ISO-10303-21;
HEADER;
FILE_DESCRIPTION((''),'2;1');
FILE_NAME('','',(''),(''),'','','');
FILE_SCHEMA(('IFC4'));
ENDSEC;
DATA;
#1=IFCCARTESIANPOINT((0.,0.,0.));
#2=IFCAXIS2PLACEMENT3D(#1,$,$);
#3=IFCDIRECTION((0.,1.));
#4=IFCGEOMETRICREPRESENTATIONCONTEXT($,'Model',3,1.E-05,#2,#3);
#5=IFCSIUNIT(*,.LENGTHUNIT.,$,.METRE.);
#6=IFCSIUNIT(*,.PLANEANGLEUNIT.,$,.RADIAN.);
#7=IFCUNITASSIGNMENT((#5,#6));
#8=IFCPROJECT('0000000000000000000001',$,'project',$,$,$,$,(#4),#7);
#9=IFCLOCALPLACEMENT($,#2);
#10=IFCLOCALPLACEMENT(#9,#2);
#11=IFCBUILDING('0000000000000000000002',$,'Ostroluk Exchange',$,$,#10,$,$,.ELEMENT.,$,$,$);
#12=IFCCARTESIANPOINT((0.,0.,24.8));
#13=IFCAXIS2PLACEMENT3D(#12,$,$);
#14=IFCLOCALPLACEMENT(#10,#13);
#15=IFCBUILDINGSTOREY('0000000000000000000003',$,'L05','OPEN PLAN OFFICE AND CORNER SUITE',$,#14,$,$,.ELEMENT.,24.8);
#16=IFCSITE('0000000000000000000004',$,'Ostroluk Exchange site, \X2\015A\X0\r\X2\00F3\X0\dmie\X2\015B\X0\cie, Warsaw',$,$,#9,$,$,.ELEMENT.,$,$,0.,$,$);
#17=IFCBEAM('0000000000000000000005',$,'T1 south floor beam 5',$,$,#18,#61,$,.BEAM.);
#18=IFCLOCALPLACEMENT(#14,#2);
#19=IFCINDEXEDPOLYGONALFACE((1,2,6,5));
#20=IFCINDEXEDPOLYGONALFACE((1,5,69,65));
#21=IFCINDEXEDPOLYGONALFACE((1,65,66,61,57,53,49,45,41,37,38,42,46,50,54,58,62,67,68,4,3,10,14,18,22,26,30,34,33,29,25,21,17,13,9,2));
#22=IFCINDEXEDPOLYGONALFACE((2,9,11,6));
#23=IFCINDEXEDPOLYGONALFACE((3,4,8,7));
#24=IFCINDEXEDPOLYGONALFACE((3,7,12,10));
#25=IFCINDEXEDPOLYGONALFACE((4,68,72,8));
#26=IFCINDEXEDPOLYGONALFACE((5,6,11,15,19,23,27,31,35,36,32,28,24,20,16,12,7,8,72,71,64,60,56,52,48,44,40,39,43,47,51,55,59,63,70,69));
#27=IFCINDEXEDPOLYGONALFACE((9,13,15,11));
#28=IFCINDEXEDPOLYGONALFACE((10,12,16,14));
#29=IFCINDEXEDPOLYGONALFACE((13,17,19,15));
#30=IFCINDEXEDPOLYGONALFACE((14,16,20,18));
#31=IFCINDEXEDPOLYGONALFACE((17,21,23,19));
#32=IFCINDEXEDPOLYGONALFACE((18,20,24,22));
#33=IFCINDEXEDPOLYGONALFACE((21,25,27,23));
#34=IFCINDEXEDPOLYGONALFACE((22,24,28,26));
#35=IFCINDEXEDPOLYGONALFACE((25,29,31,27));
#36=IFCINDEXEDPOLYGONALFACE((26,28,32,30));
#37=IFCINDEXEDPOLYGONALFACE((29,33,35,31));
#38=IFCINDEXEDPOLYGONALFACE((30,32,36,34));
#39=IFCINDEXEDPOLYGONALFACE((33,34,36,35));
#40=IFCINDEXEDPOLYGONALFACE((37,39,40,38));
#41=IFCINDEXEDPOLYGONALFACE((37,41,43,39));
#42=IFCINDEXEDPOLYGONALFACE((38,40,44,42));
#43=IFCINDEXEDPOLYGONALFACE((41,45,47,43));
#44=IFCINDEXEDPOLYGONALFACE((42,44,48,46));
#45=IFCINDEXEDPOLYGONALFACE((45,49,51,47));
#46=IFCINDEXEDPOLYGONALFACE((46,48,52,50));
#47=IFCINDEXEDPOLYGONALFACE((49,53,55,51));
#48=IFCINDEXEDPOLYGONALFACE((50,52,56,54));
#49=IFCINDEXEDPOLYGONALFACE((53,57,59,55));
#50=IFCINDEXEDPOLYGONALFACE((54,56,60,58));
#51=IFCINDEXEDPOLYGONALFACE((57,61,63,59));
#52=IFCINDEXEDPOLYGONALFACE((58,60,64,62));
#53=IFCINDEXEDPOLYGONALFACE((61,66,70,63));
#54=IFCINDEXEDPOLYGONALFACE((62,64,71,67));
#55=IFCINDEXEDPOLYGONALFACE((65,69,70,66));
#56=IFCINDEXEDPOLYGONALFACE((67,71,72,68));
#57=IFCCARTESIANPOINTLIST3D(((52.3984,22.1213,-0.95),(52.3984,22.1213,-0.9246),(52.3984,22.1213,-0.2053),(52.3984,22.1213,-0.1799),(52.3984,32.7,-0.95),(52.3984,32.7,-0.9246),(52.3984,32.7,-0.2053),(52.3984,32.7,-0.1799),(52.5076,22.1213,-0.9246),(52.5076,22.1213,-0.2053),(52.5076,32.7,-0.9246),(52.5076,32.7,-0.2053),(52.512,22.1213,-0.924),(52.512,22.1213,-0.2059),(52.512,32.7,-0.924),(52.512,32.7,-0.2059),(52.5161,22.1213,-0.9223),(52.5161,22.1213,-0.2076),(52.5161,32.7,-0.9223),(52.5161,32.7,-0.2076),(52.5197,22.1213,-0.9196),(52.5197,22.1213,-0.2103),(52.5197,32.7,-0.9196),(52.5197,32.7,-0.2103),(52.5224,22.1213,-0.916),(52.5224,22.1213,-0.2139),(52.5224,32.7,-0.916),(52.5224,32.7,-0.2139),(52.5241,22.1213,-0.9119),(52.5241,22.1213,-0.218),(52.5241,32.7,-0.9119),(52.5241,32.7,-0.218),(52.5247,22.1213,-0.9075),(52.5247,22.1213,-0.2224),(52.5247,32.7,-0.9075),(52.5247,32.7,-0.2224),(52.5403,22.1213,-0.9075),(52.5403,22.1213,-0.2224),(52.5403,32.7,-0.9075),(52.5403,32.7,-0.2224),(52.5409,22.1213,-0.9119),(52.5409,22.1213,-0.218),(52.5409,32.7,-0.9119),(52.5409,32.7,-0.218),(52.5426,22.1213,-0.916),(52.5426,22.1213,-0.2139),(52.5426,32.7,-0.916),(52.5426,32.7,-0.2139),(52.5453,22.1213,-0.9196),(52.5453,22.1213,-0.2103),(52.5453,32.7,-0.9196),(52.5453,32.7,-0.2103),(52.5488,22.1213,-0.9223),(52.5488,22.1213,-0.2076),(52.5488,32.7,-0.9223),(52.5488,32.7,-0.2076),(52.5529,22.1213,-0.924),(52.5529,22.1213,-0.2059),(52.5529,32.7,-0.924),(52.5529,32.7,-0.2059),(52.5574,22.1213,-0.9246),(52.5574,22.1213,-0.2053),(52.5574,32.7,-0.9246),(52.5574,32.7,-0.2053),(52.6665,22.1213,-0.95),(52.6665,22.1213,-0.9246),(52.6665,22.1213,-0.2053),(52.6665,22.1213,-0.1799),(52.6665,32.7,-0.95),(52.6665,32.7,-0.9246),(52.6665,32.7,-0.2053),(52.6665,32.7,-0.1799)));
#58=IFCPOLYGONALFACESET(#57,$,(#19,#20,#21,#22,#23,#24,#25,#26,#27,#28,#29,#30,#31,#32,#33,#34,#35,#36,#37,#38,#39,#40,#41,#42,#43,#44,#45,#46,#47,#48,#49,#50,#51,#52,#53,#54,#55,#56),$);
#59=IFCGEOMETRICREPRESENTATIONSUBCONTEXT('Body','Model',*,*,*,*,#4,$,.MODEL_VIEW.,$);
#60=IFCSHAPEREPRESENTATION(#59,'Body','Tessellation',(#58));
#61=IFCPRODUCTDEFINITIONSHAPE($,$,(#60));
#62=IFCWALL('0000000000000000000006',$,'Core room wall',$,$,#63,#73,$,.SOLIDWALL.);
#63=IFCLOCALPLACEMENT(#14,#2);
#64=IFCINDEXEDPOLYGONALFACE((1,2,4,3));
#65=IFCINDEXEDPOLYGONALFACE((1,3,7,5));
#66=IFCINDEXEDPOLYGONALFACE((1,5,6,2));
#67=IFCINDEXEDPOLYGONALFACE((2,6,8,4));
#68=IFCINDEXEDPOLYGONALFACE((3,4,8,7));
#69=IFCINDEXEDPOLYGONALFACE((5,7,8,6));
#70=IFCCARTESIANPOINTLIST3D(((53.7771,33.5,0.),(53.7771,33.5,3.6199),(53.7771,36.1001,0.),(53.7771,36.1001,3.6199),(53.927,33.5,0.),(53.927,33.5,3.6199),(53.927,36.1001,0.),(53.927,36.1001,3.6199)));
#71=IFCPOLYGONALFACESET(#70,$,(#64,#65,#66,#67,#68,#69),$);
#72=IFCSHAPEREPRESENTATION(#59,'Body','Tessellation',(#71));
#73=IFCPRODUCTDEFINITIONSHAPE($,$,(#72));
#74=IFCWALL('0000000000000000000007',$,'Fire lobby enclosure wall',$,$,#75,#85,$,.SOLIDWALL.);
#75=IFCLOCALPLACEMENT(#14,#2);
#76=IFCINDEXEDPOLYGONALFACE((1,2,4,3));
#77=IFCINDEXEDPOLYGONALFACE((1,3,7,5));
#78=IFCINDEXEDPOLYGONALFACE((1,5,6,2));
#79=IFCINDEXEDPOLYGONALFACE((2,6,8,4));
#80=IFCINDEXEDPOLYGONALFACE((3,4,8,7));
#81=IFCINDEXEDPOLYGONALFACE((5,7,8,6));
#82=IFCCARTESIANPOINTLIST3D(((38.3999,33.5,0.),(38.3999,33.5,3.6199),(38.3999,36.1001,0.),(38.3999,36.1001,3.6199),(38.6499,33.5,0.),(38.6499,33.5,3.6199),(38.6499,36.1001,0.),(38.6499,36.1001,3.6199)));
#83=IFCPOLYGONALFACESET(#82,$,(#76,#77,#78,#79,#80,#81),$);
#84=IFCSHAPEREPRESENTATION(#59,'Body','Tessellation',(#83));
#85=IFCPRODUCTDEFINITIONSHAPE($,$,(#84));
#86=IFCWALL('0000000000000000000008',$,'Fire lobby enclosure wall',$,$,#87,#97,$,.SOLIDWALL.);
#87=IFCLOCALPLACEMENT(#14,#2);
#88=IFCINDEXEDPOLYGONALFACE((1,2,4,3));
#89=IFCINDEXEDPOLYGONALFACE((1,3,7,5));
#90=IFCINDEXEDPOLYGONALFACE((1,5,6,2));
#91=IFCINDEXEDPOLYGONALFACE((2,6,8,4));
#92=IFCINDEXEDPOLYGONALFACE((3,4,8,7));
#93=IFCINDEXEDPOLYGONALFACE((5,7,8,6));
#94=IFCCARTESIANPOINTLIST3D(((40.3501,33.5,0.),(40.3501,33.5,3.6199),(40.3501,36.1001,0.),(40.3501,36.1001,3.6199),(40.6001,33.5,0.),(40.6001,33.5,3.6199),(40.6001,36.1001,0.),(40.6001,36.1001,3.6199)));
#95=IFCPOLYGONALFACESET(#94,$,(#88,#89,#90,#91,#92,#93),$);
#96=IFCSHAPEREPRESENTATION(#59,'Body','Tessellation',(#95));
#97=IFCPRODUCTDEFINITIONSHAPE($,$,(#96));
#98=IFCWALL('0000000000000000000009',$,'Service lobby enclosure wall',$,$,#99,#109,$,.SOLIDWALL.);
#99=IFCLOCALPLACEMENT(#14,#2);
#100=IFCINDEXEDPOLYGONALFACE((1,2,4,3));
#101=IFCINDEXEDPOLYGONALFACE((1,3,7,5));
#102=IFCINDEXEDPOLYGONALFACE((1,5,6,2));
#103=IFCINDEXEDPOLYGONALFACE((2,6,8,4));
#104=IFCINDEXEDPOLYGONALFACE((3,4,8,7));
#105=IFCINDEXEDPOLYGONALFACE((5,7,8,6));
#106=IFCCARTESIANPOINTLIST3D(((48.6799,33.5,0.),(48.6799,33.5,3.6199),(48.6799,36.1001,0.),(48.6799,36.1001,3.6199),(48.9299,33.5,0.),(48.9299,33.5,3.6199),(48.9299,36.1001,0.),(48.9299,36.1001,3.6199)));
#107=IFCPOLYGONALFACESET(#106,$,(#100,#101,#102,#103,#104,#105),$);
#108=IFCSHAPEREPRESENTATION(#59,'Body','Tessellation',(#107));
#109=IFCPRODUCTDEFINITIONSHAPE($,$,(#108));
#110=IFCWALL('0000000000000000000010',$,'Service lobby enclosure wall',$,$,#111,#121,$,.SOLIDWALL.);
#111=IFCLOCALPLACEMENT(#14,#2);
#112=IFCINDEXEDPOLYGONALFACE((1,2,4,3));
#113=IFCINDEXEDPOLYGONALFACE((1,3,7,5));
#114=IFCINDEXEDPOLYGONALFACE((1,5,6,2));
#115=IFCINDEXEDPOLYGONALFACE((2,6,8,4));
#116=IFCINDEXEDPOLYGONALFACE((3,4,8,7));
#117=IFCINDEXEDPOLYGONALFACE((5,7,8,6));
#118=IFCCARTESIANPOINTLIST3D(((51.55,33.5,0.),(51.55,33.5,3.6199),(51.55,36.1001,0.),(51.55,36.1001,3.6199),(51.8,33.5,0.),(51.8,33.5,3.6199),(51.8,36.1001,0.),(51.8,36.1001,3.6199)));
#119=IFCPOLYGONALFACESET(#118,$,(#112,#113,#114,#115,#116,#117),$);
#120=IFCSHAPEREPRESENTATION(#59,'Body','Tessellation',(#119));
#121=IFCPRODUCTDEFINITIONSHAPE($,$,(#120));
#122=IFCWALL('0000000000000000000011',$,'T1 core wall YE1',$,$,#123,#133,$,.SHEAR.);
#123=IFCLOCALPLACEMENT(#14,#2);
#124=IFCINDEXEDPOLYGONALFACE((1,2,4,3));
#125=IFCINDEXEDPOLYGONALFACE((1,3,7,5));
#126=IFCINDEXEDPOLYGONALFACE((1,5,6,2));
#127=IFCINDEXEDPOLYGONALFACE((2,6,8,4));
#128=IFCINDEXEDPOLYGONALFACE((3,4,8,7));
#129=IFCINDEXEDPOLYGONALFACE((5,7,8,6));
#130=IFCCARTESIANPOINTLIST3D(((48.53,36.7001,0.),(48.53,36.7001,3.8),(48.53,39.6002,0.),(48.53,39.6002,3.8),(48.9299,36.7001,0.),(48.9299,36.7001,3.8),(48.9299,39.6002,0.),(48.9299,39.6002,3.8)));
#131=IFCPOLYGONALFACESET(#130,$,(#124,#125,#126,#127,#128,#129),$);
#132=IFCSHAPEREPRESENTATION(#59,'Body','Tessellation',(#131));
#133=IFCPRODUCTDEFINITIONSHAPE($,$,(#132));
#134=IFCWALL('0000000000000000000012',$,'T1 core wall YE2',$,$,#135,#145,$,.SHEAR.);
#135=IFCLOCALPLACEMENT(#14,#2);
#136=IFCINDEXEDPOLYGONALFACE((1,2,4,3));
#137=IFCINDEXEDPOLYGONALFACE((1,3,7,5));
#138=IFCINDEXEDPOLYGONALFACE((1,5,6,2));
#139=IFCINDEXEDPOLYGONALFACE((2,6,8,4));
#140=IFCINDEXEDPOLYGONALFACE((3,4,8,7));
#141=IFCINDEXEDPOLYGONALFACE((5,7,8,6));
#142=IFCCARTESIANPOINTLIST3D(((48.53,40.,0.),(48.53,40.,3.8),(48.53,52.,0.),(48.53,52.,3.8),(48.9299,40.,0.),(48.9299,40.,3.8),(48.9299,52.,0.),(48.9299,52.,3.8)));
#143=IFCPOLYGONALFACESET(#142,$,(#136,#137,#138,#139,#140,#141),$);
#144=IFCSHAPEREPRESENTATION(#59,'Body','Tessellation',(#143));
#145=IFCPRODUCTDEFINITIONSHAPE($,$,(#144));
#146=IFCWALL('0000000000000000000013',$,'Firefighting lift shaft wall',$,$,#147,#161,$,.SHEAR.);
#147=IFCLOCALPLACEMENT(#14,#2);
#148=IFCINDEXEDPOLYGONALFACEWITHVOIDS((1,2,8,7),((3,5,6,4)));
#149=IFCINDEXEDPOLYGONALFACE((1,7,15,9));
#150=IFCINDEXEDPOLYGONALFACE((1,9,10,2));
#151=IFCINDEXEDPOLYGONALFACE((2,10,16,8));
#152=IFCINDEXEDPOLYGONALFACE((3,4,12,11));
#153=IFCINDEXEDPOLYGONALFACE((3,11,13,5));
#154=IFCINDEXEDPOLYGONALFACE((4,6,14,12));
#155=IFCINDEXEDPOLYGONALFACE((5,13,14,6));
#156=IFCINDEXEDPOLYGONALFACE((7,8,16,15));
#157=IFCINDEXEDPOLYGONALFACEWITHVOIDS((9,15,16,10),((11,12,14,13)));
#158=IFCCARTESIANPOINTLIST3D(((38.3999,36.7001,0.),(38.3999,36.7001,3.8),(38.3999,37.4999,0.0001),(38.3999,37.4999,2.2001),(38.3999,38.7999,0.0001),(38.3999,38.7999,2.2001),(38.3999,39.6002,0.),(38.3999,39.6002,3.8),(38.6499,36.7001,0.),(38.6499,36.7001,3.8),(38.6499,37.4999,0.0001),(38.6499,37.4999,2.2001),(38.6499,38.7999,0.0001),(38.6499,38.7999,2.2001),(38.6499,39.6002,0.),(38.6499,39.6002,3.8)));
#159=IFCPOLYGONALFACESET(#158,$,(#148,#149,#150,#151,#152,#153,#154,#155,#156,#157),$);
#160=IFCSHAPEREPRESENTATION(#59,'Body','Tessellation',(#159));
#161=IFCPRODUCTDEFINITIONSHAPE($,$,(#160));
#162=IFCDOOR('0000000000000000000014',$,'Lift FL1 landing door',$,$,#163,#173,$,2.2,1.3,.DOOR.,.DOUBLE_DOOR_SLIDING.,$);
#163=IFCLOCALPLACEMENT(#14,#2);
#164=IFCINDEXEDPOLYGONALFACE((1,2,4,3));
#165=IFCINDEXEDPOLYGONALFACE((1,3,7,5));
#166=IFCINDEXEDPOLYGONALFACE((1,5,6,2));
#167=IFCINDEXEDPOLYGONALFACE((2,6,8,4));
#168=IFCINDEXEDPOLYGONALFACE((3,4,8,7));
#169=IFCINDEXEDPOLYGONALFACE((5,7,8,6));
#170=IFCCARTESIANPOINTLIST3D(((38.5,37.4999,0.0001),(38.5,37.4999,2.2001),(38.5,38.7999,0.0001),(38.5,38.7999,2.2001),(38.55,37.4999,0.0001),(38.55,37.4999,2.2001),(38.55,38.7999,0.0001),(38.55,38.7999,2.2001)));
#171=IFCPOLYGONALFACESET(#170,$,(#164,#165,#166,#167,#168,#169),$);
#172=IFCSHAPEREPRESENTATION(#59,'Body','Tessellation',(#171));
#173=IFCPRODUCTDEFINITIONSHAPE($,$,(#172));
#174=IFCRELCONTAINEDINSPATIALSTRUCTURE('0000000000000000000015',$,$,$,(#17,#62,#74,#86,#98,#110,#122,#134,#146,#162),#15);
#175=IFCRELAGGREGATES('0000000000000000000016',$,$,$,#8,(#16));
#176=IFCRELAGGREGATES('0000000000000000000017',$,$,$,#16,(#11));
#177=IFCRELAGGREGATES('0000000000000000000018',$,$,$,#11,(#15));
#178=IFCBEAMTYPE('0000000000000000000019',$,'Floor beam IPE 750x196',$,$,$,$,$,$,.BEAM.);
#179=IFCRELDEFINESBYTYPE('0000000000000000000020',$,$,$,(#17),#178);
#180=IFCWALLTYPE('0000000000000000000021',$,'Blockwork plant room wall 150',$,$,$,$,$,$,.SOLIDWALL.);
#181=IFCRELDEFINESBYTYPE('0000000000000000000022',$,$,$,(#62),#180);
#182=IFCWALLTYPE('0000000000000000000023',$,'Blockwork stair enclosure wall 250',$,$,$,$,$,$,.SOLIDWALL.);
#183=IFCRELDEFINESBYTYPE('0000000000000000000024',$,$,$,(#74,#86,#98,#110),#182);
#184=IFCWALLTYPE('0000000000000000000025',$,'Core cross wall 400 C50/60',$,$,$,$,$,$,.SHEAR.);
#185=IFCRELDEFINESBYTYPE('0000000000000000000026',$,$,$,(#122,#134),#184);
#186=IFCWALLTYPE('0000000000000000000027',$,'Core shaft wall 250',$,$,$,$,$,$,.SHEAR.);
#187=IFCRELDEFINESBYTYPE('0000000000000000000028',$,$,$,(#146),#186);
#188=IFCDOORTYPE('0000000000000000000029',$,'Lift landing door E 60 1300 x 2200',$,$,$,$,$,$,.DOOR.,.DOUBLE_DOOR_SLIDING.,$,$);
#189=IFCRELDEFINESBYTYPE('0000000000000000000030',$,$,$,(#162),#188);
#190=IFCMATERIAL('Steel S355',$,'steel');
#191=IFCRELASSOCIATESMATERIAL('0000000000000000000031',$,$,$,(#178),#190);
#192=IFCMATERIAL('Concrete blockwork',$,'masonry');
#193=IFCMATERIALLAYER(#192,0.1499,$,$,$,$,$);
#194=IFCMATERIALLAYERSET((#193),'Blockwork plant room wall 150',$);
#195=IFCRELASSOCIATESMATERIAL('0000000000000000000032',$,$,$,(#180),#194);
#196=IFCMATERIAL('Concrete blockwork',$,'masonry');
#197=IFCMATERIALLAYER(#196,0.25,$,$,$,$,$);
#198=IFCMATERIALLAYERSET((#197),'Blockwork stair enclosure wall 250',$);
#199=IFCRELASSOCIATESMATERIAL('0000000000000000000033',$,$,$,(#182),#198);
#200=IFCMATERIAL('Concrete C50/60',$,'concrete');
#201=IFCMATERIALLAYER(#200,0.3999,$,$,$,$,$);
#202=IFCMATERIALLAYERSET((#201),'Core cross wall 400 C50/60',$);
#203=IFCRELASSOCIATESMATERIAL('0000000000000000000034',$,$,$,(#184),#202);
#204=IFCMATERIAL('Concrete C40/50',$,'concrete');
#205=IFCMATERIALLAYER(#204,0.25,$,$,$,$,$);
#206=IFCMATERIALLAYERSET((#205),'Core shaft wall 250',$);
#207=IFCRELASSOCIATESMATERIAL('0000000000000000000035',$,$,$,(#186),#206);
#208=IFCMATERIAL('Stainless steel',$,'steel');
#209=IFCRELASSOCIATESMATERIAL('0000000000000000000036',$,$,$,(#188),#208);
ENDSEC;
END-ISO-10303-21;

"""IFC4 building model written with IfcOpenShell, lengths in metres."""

from ifc_helpers import new_model, si_unit, direction, frame, frame_2d, origin, origin_2d, place, context, subcontext, project, spatial, rectangle, i_section, extrude, material, layer, layer_set, material_profile, profile_set, type_object, element, fill, save


model = new_model("IFC4")

# Units and contexts
model_context = context("Model", 3, precision=1e-05, world=origin(), true_north=direction((0.0, 1.0)))
body_context = subcontext(model_context, "Body", "Model", "MODEL_VIEW")
ifc_project = project(units=[si_unit("LENGTHUNIT", "METRE"), si_unit("PLANEANGLEUNIT", "RADIAN")], contexts=[model_context])

# Site, building, storey
site_placement = place(None, origin())
site = spatial("IfcSite", under=ifc_project, at=site_placement, Name="Ostroluk Exchange site, Śródmieście, Warsaw", CompositionType="ELEMENT", RefElevation=0.0)
building_placement = place(site_placement, origin())
building = spatial("IfcBuilding", under=site, at=building_placement, Name="Ostroluk Exchange", CompositionType="ELEMENT")
storey_placement = place(building_placement, frame((0.0, 0.0, 24.8)))
storey = spatial("IfcBuildingStorey", under=building, at=storey_placement, Name="L05", Description="OPEN PLAN OFFICE AND CORNER SUITE", CompositionType="ELEMENT", Elevation=24.8)

# Beam
ifc_material_1 = material(Name="Steel S355", Category="steel")
ifc_material_profile = material_profile(ifc_material_1, i_section(OverallWidth=0.2681, OverallDepth=0.77, WebThickness=0.0156, FlangeThickness=0.0254, FilletRadius=0.0171, at=origin_2d()), Name="IPE 750x196")
ifc_profile_set = profile_set([ifc_material_profile], Name="Steel S355")
beam_type = type_object("IfcBeamType", Name="Floor beam IPE 750x196", PredefinedType="BEAM", material=ifc_profile_set)
for number, where, z_axis, x_axis, name in (
    (1, (52.5325, 32.7, -0.5649), (0.0, -1.0, 0.0), (1.0, 0.0, 0.0), "T1 south floor beam 5"),
):
    element("IfcBeam", number, at=place(storey_placement, frame(where, z_axis=z_axis, x_axis=x_axis)), inside=storey, type_object=beam_type, Name=name, PredefinedType="BEAM", context=body_context, shape_type="SweptSolid", body=[
        extrude(i_section(OverallWidth=0.2681, OverallDepth=0.77, WebThickness=0.0156, FlangeThickness=0.0254, FilletRadius=0.0171, at=origin_2d()), origin(), (0.0, 0.0, 1.0), 10.5786),
    ])

# Walls
ifc_material_2 = material(Name="Concrete blockwork", Category="masonry")
ifc_layer_1 = layer(ifc_material_2, 0.1499)
ifc_layer_set_1 = layer_set([ifc_layer_1], Name="Blockwork plant room wall 150")
wall_type_1 = type_object("IfcWallType", Name="Blockwork plant room wall 150", PredefinedType="SOLIDWALL", material=ifc_layer_set_1)
wall_1_placement = place(storey_placement, frame((53.8521, 33.5, 0.0), z_axis=(0.0, 0.0, 1.0), x_axis=(0.0, 1.0, 0.0)))
element("IfcWall", 2, at=wall_1_placement, inside=storey, type_object=wall_type_1, Name="Core room wall", PredefinedType="SOLIDWALL", context=body_context, shape_type="SweptSolid", body=[
    extrude(rectangle(XDim=2.6001, YDim=0.1499, at=frame_2d((1.3, 0.0))), origin(), (0.0, 0.0, 1.0), 3.6199),
])
ifc_material_3 = material(Name="Concrete blockwork", Category="masonry")
ifc_layer_2 = layer(ifc_material_3, 0.25)
ifc_layer_set_2 = layer_set([ifc_layer_2], Name="Blockwork stair enclosure wall 250")
wall_type_2 = type_object("IfcWallType", Name="Blockwork stair enclosure wall 250", PredefinedType="SOLIDWALL", material=ifc_layer_set_2)
for number, where, z_axis, x_axis, name in (
    (3, (38.5249, 33.5, 0.0), (0.0, 0.0, 1.0), (0.0, 1.0, 0.0), "Fire lobby enclosure wall"),
    (4, (40.4751, 33.5, 0.0), (0.0, 0.0, 1.0), (0.0, 1.0, 0.0), "Fire lobby enclosure wall"),
    (5, (48.8049, 33.5, 0.0), (0.0, 0.0, 1.0), (0.0, 1.0, 0.0), "Service lobby enclosure wall"),
    (6, (51.675, 33.5, 0.0), (0.0, 0.0, 1.0), (0.0, 1.0, 0.0), "Service lobby enclosure wall"),
):
    element("IfcWall", number, at=place(storey_placement, frame(where, z_axis=z_axis, x_axis=x_axis)), inside=storey, type_object=wall_type_2, Name=name, PredefinedType="SOLIDWALL", context=body_context, shape_type="SweptSolid", body=[
        extrude(rectangle(XDim=2.6001, YDim=0.25, at=frame_2d((1.3, 0.0))), origin(), (0.0, 0.0, 1.0), 3.6199),
    ])
ifc_material_4 = material(Name="Concrete C50/60", Category="concrete")
ifc_layer_3 = layer(ifc_material_4, 0.3999)
ifc_layer_set_3 = layer_set([ifc_layer_3], Name="Core cross wall 400 C50/60")
wall_type_3 = type_object("IfcWallType", Name="Core cross wall 400 C50/60", PredefinedType="SHEAR", material=ifc_layer_set_3)
wall_2_placement = place(storey_placement, frame((48.73, 36.7, 0.0), z_axis=(0.0, 0.0, 1.0), x_axis=(0.0, 1.0, 0.0)))
element("IfcWall", 7, at=wall_2_placement, inside=storey, type_object=wall_type_3, Name="T1 core wall YE1", PredefinedType="SHEAR", context=body_context, shape_type="SweptSolid", body=[
    extrude(rectangle(XDim=2.9001, YDim=0.3999, at=frame_2d((1.4502, 0.0))), origin(), (0.0, 0.0, 1.0), 3.8),
])
wall_3_placement = place(storey_placement, frame((48.73, 40.0, 0.0), z_axis=(0.0, 0.0, 1.0), x_axis=(0.0, 1.0, 0.0)))
element("IfcWall", 8, at=wall_3_placement, inside=storey, type_object=wall_type_3, Name="T1 core wall YE2", PredefinedType="SHEAR", context=body_context, shape_type="SweptSolid", body=[
    extrude(rectangle(XDim=12.0, YDim=0.3999, at=frame_2d((6.0, 0.0))), origin(), (0.0, 0.0, 1.0), 3.8),
])

# Wall, opening, door
ifc_material_5 = material(Name="Concrete C40/50", Category="concrete")
ifc_layer_4 = layer(ifc_material_5, 0.25)
ifc_layer_set_4 = layer_set([ifc_layer_4], Name="Core shaft wall 250")
wall_type_4 = type_object("IfcWallType", Name="Core shaft wall 250", PredefinedType="SHEAR", material=ifc_layer_set_4)
wall_4_placement = place(storey_placement, frame((38.5249, 36.7, 0.0), z_axis=(0.0, 0.0, 1.0), x_axis=(0.0, 1.0, 0.0)))
wall_4 = element("IfcWall", 9, at=wall_4_placement, inside=storey, type_object=wall_type_4, Name="Firefighting lift shaft wall", PredefinedType="SHEAR", context=body_context, shape_type="SweptSolid", body=[
    extrude(rectangle(XDim=2.9001, YDim=0.25, at=frame_2d((1.4502, 0.0))), origin(), (0.0, 0.0, 1.0), 3.8),
])
opening_1_placement = place(wall_4_placement, frame((0.8, 0.0, 0.0)))
opening_1 = element("IfcOpeningElement", 10, at=opening_1_placement, cuts=wall_4, PredefinedType="OPENING", context=body_context, shape_type="SweptSolid", body=[
    extrude(rectangle(XDim=1.3, YDim=2.2, at=frame_2d((0.6499, 1.1001))), frame((0.0, 0.135, 0.0), z_axis=(0.0, -1.0, 0.0), x_axis=(1.0, 0.0, 0.0)), (0.0, 0.0, 1.0), 0.27),
])
ifc_material_6 = material(Name="Stainless steel", Category="steel")
door_type_1 = type_object("IfcDoorType", Name="Lift landing door E 60 1300 x 2200", OperationType="DOUBLE_DOOR_SLIDING", PredefinedType="DOOR", material=ifc_material_6)
door_1_placement = place(opening_1_placement, origin())
door_1 = element("IfcDoor", 11, at=door_1_placement, inside=storey, type_object=door_type_1, Name="Lift FL1 landing door", OperationType="DOUBLE_DOOR_SLIDING", OverallHeight=2.2, OverallWidth=1.3, PredefinedType="DOOR", context=body_context, shape_type="SweptSolid", body=[
    extrude(rectangle(XDim=1.3, YDim=2.2, at=frame_2d((0.6499, 1.1001))), frame((0.0, 0.0249, 0.0), z_axis=(0.0, -1.0, 0.0), x_axis=(1.0, 0.0, 0.0)), (0.0, 0.0, 1.0), 0.05),
])
fill(opening_1, door_1)

save(model, "model.ifc")
